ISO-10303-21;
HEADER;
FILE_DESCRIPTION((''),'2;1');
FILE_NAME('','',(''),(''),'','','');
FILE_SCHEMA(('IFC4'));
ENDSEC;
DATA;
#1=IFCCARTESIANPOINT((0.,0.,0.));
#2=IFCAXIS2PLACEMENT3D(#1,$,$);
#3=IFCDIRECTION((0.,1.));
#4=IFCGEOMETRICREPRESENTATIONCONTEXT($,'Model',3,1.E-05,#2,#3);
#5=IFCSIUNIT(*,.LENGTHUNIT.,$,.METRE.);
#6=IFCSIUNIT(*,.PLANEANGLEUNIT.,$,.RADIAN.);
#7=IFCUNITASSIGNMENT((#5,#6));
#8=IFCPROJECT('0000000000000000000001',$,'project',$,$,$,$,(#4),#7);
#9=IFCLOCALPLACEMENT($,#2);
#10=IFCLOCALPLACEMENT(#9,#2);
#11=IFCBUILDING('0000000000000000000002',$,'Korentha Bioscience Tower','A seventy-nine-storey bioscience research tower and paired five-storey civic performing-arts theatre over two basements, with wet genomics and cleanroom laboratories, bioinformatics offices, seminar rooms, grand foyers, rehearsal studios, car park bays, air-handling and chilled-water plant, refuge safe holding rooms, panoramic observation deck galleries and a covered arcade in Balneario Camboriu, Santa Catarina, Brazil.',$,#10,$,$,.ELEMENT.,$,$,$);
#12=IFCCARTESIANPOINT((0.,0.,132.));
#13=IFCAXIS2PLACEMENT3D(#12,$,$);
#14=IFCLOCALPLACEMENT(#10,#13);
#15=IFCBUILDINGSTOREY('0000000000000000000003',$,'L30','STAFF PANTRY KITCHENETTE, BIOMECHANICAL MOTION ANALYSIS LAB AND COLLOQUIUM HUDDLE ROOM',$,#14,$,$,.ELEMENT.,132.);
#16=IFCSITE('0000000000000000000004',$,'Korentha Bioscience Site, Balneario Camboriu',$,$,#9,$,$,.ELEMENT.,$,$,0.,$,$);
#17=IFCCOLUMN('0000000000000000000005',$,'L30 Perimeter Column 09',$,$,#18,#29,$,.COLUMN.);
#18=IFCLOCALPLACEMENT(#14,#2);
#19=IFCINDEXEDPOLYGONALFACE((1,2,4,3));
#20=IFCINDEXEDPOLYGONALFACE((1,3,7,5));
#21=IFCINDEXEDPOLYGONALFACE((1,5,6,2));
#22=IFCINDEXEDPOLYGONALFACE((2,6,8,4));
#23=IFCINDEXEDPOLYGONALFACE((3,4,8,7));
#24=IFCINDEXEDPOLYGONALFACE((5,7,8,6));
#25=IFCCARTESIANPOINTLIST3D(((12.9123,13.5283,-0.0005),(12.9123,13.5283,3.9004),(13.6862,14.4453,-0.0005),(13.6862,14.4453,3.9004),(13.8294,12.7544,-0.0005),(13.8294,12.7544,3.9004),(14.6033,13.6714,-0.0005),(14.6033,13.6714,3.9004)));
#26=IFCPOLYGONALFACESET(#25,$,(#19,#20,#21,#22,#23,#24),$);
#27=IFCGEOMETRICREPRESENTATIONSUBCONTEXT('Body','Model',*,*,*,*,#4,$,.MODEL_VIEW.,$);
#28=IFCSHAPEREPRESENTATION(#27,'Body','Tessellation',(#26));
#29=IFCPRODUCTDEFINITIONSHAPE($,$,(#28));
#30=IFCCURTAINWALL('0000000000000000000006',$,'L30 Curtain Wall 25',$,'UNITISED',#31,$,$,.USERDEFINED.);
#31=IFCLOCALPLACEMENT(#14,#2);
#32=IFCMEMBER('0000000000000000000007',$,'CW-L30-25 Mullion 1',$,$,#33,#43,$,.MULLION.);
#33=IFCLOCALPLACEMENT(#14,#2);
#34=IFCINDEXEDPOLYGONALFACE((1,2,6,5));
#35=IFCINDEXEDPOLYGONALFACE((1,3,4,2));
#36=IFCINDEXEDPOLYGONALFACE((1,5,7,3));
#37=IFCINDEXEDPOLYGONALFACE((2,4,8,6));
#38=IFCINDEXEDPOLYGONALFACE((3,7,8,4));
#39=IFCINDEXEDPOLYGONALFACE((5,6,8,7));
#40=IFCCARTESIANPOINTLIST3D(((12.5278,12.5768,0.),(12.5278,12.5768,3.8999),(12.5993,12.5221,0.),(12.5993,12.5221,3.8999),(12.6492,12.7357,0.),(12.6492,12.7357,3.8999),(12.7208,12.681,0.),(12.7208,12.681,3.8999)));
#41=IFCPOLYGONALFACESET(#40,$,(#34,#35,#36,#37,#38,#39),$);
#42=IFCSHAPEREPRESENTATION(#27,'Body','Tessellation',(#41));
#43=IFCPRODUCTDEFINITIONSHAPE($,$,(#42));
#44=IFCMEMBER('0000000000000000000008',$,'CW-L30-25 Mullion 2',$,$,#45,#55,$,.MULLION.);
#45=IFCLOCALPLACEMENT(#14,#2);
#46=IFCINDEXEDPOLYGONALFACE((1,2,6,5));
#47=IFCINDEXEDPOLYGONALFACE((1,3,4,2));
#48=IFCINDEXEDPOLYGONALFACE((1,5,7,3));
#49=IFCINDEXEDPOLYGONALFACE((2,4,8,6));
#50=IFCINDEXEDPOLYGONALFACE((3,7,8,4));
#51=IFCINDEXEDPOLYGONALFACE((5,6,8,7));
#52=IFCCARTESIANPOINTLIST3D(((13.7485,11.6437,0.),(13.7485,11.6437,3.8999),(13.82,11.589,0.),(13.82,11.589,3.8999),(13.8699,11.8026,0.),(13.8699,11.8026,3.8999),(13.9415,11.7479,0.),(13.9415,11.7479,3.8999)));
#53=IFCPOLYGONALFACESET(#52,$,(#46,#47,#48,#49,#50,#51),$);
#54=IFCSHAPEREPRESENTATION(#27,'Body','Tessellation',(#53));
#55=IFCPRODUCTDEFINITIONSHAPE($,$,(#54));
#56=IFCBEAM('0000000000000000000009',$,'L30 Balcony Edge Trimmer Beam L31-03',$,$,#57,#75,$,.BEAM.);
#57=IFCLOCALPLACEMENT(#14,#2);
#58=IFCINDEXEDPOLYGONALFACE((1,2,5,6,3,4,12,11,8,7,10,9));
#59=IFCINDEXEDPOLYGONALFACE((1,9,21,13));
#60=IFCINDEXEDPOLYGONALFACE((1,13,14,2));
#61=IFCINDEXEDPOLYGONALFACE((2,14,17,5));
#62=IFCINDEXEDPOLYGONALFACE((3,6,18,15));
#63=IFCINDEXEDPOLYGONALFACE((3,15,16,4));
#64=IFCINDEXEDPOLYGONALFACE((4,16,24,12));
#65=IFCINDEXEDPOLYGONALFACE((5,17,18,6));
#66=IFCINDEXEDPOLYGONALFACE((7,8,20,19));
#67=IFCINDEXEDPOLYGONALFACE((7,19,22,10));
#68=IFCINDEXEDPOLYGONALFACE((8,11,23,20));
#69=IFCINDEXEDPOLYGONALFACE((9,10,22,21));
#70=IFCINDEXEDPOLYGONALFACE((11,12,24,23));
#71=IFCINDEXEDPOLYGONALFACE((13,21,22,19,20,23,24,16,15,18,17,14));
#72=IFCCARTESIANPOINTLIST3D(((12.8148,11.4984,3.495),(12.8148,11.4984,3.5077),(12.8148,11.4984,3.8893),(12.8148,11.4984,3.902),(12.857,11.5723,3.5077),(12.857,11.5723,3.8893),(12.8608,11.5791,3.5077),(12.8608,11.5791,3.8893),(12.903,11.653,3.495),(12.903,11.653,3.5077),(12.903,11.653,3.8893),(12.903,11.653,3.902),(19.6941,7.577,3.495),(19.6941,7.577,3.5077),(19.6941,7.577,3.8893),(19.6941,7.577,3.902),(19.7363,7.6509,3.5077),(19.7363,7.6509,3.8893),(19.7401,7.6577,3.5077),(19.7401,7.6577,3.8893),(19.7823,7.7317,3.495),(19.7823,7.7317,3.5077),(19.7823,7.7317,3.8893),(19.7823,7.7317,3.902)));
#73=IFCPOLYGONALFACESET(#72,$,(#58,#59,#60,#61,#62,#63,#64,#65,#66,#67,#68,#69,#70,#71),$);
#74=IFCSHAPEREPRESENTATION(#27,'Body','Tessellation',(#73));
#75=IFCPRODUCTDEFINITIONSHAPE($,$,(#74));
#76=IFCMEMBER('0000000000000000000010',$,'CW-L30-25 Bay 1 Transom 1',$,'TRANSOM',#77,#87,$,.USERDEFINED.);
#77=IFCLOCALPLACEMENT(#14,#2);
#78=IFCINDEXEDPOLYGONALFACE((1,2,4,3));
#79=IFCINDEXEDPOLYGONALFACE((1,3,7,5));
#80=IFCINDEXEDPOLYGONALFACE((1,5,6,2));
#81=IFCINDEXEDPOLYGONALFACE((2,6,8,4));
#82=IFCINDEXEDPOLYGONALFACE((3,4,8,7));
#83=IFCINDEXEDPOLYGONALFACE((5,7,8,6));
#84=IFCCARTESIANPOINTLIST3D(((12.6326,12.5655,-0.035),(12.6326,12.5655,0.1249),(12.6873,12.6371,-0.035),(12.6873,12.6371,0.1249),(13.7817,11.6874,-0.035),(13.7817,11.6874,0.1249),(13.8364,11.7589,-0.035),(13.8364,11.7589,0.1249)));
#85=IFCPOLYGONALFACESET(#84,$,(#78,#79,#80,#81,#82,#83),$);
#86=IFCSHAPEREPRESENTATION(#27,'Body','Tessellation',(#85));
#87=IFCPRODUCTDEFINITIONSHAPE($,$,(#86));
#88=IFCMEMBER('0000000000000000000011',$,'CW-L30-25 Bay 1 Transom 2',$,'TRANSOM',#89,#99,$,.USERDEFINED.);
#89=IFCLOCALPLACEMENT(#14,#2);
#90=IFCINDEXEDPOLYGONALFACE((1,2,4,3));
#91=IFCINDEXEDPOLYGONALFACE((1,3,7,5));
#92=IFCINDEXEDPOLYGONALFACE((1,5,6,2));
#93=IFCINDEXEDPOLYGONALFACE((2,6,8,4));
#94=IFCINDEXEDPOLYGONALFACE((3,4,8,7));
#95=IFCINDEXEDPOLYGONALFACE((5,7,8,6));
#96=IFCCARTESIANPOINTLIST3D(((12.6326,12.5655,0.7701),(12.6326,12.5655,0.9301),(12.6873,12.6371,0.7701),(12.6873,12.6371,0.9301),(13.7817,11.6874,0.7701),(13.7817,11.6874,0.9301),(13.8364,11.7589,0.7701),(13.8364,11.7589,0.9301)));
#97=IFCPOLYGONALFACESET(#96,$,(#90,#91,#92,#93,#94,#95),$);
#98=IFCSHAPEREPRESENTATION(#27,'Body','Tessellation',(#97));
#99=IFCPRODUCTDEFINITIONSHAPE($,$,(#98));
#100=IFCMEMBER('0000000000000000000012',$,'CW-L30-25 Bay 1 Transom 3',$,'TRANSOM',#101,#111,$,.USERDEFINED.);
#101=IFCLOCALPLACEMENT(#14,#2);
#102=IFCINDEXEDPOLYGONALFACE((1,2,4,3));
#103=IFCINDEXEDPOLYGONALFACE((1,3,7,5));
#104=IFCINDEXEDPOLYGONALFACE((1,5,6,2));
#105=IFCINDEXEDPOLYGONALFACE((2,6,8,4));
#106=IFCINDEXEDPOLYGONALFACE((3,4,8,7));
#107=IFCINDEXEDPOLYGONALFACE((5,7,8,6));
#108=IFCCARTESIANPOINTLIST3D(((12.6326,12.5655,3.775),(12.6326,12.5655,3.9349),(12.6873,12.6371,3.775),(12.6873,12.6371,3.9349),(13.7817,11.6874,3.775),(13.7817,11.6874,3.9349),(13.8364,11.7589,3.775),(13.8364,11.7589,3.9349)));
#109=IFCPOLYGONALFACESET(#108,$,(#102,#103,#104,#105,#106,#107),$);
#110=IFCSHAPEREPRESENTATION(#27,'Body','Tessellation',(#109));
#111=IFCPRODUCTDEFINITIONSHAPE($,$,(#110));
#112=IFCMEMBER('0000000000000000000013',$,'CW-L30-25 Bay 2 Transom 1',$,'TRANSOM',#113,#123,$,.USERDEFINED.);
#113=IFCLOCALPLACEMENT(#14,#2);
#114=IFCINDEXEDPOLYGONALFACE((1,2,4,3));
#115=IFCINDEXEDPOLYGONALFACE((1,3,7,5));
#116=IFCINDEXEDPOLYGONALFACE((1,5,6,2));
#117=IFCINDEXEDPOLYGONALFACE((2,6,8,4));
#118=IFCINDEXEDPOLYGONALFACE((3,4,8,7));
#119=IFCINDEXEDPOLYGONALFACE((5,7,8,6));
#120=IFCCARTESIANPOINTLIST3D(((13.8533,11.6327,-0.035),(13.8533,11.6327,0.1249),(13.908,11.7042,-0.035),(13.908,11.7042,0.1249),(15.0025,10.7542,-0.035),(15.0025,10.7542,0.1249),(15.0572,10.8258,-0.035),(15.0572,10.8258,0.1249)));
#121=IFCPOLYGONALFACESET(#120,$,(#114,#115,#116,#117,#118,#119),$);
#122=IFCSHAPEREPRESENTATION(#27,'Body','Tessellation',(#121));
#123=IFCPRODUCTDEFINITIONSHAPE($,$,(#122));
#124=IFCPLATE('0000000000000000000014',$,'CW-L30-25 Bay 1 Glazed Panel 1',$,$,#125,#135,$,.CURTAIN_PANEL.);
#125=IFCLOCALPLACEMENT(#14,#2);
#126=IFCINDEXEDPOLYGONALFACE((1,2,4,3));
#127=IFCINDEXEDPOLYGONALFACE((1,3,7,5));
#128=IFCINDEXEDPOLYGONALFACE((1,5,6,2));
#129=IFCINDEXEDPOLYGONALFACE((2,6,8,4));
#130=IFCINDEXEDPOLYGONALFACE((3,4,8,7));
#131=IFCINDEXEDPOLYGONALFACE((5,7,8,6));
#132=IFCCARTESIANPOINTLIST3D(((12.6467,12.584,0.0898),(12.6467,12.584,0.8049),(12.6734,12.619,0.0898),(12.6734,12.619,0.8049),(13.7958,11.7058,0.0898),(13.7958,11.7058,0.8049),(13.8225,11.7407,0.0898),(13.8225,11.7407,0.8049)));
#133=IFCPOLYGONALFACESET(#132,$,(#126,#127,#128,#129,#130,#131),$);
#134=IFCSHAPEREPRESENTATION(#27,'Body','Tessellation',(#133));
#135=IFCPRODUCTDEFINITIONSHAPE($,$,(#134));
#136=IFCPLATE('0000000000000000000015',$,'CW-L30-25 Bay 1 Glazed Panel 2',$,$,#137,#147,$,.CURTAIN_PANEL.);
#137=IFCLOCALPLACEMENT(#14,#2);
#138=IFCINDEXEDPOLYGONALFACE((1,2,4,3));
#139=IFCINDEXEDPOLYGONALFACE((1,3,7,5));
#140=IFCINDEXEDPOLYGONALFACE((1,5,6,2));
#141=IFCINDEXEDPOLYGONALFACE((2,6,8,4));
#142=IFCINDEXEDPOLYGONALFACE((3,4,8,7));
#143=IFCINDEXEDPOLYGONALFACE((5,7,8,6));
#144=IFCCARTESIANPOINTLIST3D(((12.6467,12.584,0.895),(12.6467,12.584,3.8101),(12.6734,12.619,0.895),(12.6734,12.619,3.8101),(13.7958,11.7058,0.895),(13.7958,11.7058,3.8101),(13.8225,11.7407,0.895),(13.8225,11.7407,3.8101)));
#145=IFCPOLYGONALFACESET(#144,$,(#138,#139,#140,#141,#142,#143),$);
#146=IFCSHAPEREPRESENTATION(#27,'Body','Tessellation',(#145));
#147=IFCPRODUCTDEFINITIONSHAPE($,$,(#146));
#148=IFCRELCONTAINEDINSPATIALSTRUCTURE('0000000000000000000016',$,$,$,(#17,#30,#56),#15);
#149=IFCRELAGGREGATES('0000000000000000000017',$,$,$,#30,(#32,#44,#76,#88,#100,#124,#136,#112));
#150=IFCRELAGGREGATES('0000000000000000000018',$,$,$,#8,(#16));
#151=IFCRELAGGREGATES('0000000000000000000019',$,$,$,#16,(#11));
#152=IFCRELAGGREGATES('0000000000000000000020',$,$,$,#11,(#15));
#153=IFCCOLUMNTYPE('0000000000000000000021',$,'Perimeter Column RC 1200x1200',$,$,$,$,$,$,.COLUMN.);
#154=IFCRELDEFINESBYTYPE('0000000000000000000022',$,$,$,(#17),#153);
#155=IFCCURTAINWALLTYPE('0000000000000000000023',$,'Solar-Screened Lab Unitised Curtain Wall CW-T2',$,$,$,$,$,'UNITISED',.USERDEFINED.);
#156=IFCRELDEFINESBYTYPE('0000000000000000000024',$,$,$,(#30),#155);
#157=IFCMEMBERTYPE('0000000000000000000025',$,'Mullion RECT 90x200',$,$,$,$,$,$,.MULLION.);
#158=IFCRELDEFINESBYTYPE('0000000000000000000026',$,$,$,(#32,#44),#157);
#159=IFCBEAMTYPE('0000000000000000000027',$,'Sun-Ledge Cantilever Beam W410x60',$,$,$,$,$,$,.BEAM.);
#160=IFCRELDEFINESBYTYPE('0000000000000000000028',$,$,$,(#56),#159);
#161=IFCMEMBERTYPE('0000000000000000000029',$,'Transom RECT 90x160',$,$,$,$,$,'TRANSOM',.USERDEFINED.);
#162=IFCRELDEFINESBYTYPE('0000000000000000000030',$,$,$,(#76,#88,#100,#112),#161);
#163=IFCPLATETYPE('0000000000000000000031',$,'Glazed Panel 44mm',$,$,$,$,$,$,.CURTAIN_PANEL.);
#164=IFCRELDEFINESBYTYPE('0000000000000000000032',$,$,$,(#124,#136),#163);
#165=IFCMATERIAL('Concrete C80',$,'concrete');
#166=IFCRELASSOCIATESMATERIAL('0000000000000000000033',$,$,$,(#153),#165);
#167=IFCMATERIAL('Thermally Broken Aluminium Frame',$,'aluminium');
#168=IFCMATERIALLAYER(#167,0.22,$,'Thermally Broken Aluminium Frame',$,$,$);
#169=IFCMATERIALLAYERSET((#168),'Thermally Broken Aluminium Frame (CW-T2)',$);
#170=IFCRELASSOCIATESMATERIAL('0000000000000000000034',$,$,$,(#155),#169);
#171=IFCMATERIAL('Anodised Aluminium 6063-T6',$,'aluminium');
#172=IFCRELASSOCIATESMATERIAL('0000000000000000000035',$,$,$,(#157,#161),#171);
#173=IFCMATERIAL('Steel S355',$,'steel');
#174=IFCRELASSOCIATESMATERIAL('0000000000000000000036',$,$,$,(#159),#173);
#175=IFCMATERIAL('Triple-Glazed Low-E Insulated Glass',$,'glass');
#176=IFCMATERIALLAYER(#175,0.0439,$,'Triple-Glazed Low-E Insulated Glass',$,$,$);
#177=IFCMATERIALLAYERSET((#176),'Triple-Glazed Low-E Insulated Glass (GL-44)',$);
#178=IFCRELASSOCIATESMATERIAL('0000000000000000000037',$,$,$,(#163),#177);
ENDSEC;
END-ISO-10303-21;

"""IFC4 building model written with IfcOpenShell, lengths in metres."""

from ifc_helpers import new_model, si_unit, direction, frame, origin, origin_2d, place, context, subcontext, project, spatial, rectangle, i_section, extrude, material, layer, layer_set, material_profile, profile_set, type_object, element, aggregate, save


model = new_model("IFC4")

# Units and contexts
model_context = context("Model", 3, precision=1e-05, world=origin(), true_north=direction((0.0, 1.0)))
body_context = subcontext(model_context, "Body", "Model", "MODEL_VIEW")
ifc_project = project(units=[si_unit("LENGTHUNIT", "METRE"), si_unit("PLANEANGLEUNIT", "RADIAN")], contexts=[model_context])

# Site, building, storey
site_placement = place(None, origin())
site = spatial("IfcSite", under=ifc_project, at=site_placement, Name="Korentha Bioscience Site, Balneario Camboriu", CompositionType="ELEMENT", RefElevation=0.0)
building_placement = place(site_placement, origin())
building = spatial("IfcBuilding", under=site, at=building_placement, Name="Korentha Bioscience Tower", Description="A seventy-nine-storey bioscience research tower and paired five-storey civic performing-arts theatre over two basements, with wet genomics and cleanroom laboratories, bioinformatics offices, seminar rooms, grand foyers, rehearsal studios, car park bays, air-handling and chilled-water plant, refuge safe holding rooms, panoramic observation deck galleries and a covered arcade in Balneario Camboriu, Santa Catarina, Brazil.", CompositionType="ELEMENT")
storey_placement = place(building_placement, frame((0.0, 0.0, 132.0)))
storey = spatial("IfcBuildingStorey", under=building, at=storey_placement, Name="L30", Description="STAFF PANTRY KITCHENETTE, BIOMECHANICAL MOTION ANALYSIS LAB AND COLLOQUIUM HUDDLE ROOM", CompositionType="ELEMENT", Elevation=132.0)

# Column
ifc_material_1 = material(Name="Concrete C80", Category="concrete")
ifc_material_profile_1 = material_profile(ifc_material_1, rectangle(XDim=1.2, YDim=1.2, at=origin_2d()), Name="Concrete C80")
ifc_profile_set_1 = profile_set([ifc_material_profile_1], Name="Concrete C80 (COL-P12)")
column_type = type_object("IfcColumnType", Name="Perimeter Column RC 1200x1200", PredefinedType="COLUMN", material=ifc_profile_set_1)
column_placement = place(storey_placement, frame((13.7578, 13.5999, -0.0005), z_axis=(0.0, 0.0, 1.0), x_axis=(-0.764246, 0.644924, 0.0)))
element("IfcColumn", 1, at=column_placement, inside=storey, type_object=column_type, Name="L30 Perimeter Column 09", PredefinedType="COLUMN", context=body_context, shape_type="SweptSolid", body=[
    extrude(rectangle(XDim=1.2, YDim=1.2, at=origin_2d()), origin(), (0.0, 0.0, 1.0), 3.9009),
])

# Curtain wall, members
ifc_material_2 = material(Name="Thermally Broken Aluminium Frame", Category="aluminium")
ifc_layer_1 = layer(ifc_material_2, 0.22, Name="Thermally Broken Aluminium Frame")
ifc_layer_set_1 = layer_set([ifc_layer_1], Name="Thermally Broken Aluminium Frame (CW-T2)")
curtain_wall_type = type_object("IfcCurtainWallType", Name="Solar-Screened Lab Unitised Curtain Wall CW-T2", ElementType="UNITISED", PredefinedType="USERDEFINED", material=ifc_layer_set_1)
curtain_wall_placement = place(storey_placement, origin())
curtain_wall = element("IfcCurtainWall", 2, at=curtain_wall_placement, inside=storey, type_object=curtain_wall_type, Name="L30 Curtain Wall 25", ObjectType="UNITISED", PredefinedType="USERDEFINED")
ifc_material_3 = material(Name="Anodised Aluminium 6063-T6", Category="aluminium")
ifc_material_profile_2 = material_profile(ifc_material_3, rectangle(XDim=0.0901, YDim=0.2, at=origin_2d()), Name="Anodised Aluminium 6063-T6")
ifc_profile_set_2 = profile_set([ifc_material_profile_2], Name="Anodised Aluminium 6063-T6 (CW-MUL)")
member_type_1 = type_object("IfcMemberType", Name="Mullion RECT 90x200", PredefinedType="MULLION", material=ifc_profile_set_2)
member_1_placement = place(storey_placement, frame((12.6243, 12.6289, 0.0), z_axis=(0.0, 0.0, 1.0), x_axis=(0.7945, -0.607265, 0.0)))
member_1 = element("IfcMember", 3, at=member_1_placement, type_object=member_type_1, Name="CW-L30-25 Mullion 1", PredefinedType="MULLION", context=body_context, shape_type="SweptSolid", body=[
    extrude(rectangle(XDim=0.0901, YDim=0.2, at=origin_2d()), origin(), (0.0, 0.0, 1.0), 3.8999),
])
member_2_placement = place(storey_placement, frame((13.845, 11.6958, 0.0), z_axis=(0.0, 0.0, 1.0), x_axis=(0.7945, -0.607265, 0.0)))
member_2 = element("IfcMember", 4, at=member_2_placement, type_object=member_type_1, Name="CW-L30-25 Mullion 2", PredefinedType="MULLION", context=body_context, shape_type="SweptSolid", body=[
    extrude(rectangle(XDim=0.0901, YDim=0.2, at=origin_2d()), origin(), (0.0, 0.0, 1.0), 3.8999),
])

# Beam
ifc_material_4 = material(Name="Steel S355", Category="steel")
ifc_material_profile_3 = material_profile(ifc_material_4, i_section(OverallWidth=0.178, OverallDepth=0.407, WebThickness=0.0078, FlangeThickness=0.0127, at=origin_2d()), Name="Steel S355")
ifc_profile_set_3 = profile_set([ifc_material_profile_3], Name="Steel S355 (CB-410)")
beam_type = type_object("IfcBeamType", Name="Sun-Ledge Cantilever Beam W410x60", PredefinedType="BEAM", material=ifc_profile_set_3)
beam_placement = place(storey_placement, frame((12.8589, 11.5757, 3.6985), z_axis=(0.86877, -0.495216, 0.0), x_axis=(0.495216, 0.86877, 0.0)))
element("IfcBeam", 5, at=beam_placement, inside=storey, type_object=beam_type, Name="L30 Balcony Edge Trimmer Beam L31-03", PredefinedType="BEAM", context=body_context, shape_type="SweptSolid", body=[
    extrude(i_section(OverallWidth=0.178, OverallDepth=0.407, WebThickness=0.0078, FlangeThickness=0.0127, at=origin_2d()), origin(), (0.0, 0.0, 1.0), 7.9185),
])

# Members
ifc_material_profile_4 = material_profile(ifc_material_3, rectangle(XDim=0.0901, YDim=0.1599, at=origin_2d()), Name="Anodised Aluminium 6063-T6")
ifc_profile_set_4 = profile_set([ifc_material_profile_4], Name="Anodised Aluminium 6063-T6 (CW-TRN)")
member_type_2 = type_object("IfcMemberType", Name="Transom RECT 90x160", ElementType="TRANSOM", PredefinedType="USERDEFINED", material=ifc_profile_set_4)
member_3_placement = place(storey_placement, frame((12.6599, 12.6013, 0.0449), z_axis=(0.794559, -0.607187, 0.0), x_axis=(0.607187, 0.794559, 0.0)))
member_3 = element("IfcMember", 6, at=member_3_placement, type_object=member_type_2, Name="CW-L30-25 Bay 1 Transom 1", ObjectType="TRANSOM", PredefinedType="USERDEFINED", context=body_context, shape_type="SweptSolid", body=[
    extrude(rectangle(XDim=0.0901, YDim=0.1599, at=origin_2d()), origin(), (0.0, 0.0, 1.0), 1.4463),
])
member_4_placement = place(storey_placement, frame((12.6599, 12.6013, 0.8501), z_axis=(0.794559, -0.607187, 0.0), x_axis=(0.607187, 0.794559, 0.0)))
member_4 = element("IfcMember", 7, at=member_4_placement, type_object=member_type_2, Name="CW-L30-25 Bay 1 Transom 2", ObjectType="TRANSOM", PredefinedType="USERDEFINED", context=body_context, shape_type="SweptSolid", body=[
    extrude(rectangle(XDim=0.0901, YDim=0.1599, at=origin_2d()), origin(), (0.0, 0.0, 1.0), 1.4463),
])
member_5_placement = place(storey_placement, frame((12.6599, 12.6013, 3.855), z_axis=(0.794559, -0.607187, 0.0), x_axis=(0.607187, 0.794559, 0.0)))
member_5 = element("IfcMember", 8, at=member_5_placement, type_object=member_type_2, Name="CW-L30-25 Bay 1 Transom 3", ObjectType="TRANSOM", PredefinedType="USERDEFINED", context=body_context, shape_type="SweptSolid", body=[
    extrude(rectangle(XDim=0.0901, YDim=0.1599, at=origin_2d()), origin(), (0.0, 0.0, 1.0), 1.4463),
])
member_6_placement = place(storey_placement, frame((13.8806, 11.6685, 0.0449), z_axis=(0.794478, -0.607293, 0.0), x_axis=(0.607293, 0.794478, 0.0)))
member_6 = element("IfcMember", 9, at=member_6_placement, type_object=member_type_2, Name="CW-L30-25 Bay 2 Transom 1", ObjectType="TRANSOM", PredefinedType="USERDEFINED", context=body_context, shape_type="SweptSolid", body=[
    extrude(rectangle(XDim=0.0901, YDim=0.1599, at=origin_2d()), origin(), (0.0, 0.0, 1.0), 1.4465),
])

# Plates
ifc_material_5 = material(Name="Triple-Glazed Low-E Insulated Glass", Category="glass")
ifc_layer_2 = layer(ifc_material_5, 0.0439, Name="Triple-Glazed Low-E Insulated Glass")
ifc_layer_set_2 = layer_set([ifc_layer_2], Name="Triple-Glazed Low-E Insulated Glass (GL-44)")
plate_type = type_object("IfcPlateType", Name="Glazed Panel 44mm", PredefinedType="CURTAIN_PANEL", material=ifc_layer_set_2)
plate_1_placement = place(storey_placement, frame((13.2346, 12.1624, 0.0898), z_axis=(0.0, 0.0, 1.0), x_axis=(0.7945, -0.607265, 0.0)))
plate_1 = element("IfcPlate", 10, at=plate_1_placement, type_object=plate_type, Name="CW-L30-25 Bay 1 Glazed Panel 1", PredefinedType="CURTAIN_PANEL", context=body_context, shape_type="SweptSolid", body=[
    extrude(rectangle(XDim=1.4463, YDim=0.0439, at=origin_2d()), origin(), (0.0, 0.0, 1.0), 0.7151),
])
plate_2_placement = place(storey_placement, frame((13.2346, 12.1624, 0.895), z_axis=(0.0, 0.0, 1.0), x_axis=(0.7945, -0.607265, 0.0)))
plate_2 = element("IfcPlate", 11, at=plate_2_placement, type_object=plate_type, Name="CW-L30-25 Bay 1 Glazed Panel 2", PredefinedType="CURTAIN_PANEL", context=body_context, shape_type="SweptSolid", body=[
    extrude(rectangle(XDim=1.4463, YDim=0.0439, at=origin_2d()), origin(), (0.0, 0.0, 1.0), 2.915),
])
aggregate(curtain_wall, [member_1, member_2, member_3, member_4, member_5, plate_1, plate_2, member_6])

save(model, "model.ifc")
